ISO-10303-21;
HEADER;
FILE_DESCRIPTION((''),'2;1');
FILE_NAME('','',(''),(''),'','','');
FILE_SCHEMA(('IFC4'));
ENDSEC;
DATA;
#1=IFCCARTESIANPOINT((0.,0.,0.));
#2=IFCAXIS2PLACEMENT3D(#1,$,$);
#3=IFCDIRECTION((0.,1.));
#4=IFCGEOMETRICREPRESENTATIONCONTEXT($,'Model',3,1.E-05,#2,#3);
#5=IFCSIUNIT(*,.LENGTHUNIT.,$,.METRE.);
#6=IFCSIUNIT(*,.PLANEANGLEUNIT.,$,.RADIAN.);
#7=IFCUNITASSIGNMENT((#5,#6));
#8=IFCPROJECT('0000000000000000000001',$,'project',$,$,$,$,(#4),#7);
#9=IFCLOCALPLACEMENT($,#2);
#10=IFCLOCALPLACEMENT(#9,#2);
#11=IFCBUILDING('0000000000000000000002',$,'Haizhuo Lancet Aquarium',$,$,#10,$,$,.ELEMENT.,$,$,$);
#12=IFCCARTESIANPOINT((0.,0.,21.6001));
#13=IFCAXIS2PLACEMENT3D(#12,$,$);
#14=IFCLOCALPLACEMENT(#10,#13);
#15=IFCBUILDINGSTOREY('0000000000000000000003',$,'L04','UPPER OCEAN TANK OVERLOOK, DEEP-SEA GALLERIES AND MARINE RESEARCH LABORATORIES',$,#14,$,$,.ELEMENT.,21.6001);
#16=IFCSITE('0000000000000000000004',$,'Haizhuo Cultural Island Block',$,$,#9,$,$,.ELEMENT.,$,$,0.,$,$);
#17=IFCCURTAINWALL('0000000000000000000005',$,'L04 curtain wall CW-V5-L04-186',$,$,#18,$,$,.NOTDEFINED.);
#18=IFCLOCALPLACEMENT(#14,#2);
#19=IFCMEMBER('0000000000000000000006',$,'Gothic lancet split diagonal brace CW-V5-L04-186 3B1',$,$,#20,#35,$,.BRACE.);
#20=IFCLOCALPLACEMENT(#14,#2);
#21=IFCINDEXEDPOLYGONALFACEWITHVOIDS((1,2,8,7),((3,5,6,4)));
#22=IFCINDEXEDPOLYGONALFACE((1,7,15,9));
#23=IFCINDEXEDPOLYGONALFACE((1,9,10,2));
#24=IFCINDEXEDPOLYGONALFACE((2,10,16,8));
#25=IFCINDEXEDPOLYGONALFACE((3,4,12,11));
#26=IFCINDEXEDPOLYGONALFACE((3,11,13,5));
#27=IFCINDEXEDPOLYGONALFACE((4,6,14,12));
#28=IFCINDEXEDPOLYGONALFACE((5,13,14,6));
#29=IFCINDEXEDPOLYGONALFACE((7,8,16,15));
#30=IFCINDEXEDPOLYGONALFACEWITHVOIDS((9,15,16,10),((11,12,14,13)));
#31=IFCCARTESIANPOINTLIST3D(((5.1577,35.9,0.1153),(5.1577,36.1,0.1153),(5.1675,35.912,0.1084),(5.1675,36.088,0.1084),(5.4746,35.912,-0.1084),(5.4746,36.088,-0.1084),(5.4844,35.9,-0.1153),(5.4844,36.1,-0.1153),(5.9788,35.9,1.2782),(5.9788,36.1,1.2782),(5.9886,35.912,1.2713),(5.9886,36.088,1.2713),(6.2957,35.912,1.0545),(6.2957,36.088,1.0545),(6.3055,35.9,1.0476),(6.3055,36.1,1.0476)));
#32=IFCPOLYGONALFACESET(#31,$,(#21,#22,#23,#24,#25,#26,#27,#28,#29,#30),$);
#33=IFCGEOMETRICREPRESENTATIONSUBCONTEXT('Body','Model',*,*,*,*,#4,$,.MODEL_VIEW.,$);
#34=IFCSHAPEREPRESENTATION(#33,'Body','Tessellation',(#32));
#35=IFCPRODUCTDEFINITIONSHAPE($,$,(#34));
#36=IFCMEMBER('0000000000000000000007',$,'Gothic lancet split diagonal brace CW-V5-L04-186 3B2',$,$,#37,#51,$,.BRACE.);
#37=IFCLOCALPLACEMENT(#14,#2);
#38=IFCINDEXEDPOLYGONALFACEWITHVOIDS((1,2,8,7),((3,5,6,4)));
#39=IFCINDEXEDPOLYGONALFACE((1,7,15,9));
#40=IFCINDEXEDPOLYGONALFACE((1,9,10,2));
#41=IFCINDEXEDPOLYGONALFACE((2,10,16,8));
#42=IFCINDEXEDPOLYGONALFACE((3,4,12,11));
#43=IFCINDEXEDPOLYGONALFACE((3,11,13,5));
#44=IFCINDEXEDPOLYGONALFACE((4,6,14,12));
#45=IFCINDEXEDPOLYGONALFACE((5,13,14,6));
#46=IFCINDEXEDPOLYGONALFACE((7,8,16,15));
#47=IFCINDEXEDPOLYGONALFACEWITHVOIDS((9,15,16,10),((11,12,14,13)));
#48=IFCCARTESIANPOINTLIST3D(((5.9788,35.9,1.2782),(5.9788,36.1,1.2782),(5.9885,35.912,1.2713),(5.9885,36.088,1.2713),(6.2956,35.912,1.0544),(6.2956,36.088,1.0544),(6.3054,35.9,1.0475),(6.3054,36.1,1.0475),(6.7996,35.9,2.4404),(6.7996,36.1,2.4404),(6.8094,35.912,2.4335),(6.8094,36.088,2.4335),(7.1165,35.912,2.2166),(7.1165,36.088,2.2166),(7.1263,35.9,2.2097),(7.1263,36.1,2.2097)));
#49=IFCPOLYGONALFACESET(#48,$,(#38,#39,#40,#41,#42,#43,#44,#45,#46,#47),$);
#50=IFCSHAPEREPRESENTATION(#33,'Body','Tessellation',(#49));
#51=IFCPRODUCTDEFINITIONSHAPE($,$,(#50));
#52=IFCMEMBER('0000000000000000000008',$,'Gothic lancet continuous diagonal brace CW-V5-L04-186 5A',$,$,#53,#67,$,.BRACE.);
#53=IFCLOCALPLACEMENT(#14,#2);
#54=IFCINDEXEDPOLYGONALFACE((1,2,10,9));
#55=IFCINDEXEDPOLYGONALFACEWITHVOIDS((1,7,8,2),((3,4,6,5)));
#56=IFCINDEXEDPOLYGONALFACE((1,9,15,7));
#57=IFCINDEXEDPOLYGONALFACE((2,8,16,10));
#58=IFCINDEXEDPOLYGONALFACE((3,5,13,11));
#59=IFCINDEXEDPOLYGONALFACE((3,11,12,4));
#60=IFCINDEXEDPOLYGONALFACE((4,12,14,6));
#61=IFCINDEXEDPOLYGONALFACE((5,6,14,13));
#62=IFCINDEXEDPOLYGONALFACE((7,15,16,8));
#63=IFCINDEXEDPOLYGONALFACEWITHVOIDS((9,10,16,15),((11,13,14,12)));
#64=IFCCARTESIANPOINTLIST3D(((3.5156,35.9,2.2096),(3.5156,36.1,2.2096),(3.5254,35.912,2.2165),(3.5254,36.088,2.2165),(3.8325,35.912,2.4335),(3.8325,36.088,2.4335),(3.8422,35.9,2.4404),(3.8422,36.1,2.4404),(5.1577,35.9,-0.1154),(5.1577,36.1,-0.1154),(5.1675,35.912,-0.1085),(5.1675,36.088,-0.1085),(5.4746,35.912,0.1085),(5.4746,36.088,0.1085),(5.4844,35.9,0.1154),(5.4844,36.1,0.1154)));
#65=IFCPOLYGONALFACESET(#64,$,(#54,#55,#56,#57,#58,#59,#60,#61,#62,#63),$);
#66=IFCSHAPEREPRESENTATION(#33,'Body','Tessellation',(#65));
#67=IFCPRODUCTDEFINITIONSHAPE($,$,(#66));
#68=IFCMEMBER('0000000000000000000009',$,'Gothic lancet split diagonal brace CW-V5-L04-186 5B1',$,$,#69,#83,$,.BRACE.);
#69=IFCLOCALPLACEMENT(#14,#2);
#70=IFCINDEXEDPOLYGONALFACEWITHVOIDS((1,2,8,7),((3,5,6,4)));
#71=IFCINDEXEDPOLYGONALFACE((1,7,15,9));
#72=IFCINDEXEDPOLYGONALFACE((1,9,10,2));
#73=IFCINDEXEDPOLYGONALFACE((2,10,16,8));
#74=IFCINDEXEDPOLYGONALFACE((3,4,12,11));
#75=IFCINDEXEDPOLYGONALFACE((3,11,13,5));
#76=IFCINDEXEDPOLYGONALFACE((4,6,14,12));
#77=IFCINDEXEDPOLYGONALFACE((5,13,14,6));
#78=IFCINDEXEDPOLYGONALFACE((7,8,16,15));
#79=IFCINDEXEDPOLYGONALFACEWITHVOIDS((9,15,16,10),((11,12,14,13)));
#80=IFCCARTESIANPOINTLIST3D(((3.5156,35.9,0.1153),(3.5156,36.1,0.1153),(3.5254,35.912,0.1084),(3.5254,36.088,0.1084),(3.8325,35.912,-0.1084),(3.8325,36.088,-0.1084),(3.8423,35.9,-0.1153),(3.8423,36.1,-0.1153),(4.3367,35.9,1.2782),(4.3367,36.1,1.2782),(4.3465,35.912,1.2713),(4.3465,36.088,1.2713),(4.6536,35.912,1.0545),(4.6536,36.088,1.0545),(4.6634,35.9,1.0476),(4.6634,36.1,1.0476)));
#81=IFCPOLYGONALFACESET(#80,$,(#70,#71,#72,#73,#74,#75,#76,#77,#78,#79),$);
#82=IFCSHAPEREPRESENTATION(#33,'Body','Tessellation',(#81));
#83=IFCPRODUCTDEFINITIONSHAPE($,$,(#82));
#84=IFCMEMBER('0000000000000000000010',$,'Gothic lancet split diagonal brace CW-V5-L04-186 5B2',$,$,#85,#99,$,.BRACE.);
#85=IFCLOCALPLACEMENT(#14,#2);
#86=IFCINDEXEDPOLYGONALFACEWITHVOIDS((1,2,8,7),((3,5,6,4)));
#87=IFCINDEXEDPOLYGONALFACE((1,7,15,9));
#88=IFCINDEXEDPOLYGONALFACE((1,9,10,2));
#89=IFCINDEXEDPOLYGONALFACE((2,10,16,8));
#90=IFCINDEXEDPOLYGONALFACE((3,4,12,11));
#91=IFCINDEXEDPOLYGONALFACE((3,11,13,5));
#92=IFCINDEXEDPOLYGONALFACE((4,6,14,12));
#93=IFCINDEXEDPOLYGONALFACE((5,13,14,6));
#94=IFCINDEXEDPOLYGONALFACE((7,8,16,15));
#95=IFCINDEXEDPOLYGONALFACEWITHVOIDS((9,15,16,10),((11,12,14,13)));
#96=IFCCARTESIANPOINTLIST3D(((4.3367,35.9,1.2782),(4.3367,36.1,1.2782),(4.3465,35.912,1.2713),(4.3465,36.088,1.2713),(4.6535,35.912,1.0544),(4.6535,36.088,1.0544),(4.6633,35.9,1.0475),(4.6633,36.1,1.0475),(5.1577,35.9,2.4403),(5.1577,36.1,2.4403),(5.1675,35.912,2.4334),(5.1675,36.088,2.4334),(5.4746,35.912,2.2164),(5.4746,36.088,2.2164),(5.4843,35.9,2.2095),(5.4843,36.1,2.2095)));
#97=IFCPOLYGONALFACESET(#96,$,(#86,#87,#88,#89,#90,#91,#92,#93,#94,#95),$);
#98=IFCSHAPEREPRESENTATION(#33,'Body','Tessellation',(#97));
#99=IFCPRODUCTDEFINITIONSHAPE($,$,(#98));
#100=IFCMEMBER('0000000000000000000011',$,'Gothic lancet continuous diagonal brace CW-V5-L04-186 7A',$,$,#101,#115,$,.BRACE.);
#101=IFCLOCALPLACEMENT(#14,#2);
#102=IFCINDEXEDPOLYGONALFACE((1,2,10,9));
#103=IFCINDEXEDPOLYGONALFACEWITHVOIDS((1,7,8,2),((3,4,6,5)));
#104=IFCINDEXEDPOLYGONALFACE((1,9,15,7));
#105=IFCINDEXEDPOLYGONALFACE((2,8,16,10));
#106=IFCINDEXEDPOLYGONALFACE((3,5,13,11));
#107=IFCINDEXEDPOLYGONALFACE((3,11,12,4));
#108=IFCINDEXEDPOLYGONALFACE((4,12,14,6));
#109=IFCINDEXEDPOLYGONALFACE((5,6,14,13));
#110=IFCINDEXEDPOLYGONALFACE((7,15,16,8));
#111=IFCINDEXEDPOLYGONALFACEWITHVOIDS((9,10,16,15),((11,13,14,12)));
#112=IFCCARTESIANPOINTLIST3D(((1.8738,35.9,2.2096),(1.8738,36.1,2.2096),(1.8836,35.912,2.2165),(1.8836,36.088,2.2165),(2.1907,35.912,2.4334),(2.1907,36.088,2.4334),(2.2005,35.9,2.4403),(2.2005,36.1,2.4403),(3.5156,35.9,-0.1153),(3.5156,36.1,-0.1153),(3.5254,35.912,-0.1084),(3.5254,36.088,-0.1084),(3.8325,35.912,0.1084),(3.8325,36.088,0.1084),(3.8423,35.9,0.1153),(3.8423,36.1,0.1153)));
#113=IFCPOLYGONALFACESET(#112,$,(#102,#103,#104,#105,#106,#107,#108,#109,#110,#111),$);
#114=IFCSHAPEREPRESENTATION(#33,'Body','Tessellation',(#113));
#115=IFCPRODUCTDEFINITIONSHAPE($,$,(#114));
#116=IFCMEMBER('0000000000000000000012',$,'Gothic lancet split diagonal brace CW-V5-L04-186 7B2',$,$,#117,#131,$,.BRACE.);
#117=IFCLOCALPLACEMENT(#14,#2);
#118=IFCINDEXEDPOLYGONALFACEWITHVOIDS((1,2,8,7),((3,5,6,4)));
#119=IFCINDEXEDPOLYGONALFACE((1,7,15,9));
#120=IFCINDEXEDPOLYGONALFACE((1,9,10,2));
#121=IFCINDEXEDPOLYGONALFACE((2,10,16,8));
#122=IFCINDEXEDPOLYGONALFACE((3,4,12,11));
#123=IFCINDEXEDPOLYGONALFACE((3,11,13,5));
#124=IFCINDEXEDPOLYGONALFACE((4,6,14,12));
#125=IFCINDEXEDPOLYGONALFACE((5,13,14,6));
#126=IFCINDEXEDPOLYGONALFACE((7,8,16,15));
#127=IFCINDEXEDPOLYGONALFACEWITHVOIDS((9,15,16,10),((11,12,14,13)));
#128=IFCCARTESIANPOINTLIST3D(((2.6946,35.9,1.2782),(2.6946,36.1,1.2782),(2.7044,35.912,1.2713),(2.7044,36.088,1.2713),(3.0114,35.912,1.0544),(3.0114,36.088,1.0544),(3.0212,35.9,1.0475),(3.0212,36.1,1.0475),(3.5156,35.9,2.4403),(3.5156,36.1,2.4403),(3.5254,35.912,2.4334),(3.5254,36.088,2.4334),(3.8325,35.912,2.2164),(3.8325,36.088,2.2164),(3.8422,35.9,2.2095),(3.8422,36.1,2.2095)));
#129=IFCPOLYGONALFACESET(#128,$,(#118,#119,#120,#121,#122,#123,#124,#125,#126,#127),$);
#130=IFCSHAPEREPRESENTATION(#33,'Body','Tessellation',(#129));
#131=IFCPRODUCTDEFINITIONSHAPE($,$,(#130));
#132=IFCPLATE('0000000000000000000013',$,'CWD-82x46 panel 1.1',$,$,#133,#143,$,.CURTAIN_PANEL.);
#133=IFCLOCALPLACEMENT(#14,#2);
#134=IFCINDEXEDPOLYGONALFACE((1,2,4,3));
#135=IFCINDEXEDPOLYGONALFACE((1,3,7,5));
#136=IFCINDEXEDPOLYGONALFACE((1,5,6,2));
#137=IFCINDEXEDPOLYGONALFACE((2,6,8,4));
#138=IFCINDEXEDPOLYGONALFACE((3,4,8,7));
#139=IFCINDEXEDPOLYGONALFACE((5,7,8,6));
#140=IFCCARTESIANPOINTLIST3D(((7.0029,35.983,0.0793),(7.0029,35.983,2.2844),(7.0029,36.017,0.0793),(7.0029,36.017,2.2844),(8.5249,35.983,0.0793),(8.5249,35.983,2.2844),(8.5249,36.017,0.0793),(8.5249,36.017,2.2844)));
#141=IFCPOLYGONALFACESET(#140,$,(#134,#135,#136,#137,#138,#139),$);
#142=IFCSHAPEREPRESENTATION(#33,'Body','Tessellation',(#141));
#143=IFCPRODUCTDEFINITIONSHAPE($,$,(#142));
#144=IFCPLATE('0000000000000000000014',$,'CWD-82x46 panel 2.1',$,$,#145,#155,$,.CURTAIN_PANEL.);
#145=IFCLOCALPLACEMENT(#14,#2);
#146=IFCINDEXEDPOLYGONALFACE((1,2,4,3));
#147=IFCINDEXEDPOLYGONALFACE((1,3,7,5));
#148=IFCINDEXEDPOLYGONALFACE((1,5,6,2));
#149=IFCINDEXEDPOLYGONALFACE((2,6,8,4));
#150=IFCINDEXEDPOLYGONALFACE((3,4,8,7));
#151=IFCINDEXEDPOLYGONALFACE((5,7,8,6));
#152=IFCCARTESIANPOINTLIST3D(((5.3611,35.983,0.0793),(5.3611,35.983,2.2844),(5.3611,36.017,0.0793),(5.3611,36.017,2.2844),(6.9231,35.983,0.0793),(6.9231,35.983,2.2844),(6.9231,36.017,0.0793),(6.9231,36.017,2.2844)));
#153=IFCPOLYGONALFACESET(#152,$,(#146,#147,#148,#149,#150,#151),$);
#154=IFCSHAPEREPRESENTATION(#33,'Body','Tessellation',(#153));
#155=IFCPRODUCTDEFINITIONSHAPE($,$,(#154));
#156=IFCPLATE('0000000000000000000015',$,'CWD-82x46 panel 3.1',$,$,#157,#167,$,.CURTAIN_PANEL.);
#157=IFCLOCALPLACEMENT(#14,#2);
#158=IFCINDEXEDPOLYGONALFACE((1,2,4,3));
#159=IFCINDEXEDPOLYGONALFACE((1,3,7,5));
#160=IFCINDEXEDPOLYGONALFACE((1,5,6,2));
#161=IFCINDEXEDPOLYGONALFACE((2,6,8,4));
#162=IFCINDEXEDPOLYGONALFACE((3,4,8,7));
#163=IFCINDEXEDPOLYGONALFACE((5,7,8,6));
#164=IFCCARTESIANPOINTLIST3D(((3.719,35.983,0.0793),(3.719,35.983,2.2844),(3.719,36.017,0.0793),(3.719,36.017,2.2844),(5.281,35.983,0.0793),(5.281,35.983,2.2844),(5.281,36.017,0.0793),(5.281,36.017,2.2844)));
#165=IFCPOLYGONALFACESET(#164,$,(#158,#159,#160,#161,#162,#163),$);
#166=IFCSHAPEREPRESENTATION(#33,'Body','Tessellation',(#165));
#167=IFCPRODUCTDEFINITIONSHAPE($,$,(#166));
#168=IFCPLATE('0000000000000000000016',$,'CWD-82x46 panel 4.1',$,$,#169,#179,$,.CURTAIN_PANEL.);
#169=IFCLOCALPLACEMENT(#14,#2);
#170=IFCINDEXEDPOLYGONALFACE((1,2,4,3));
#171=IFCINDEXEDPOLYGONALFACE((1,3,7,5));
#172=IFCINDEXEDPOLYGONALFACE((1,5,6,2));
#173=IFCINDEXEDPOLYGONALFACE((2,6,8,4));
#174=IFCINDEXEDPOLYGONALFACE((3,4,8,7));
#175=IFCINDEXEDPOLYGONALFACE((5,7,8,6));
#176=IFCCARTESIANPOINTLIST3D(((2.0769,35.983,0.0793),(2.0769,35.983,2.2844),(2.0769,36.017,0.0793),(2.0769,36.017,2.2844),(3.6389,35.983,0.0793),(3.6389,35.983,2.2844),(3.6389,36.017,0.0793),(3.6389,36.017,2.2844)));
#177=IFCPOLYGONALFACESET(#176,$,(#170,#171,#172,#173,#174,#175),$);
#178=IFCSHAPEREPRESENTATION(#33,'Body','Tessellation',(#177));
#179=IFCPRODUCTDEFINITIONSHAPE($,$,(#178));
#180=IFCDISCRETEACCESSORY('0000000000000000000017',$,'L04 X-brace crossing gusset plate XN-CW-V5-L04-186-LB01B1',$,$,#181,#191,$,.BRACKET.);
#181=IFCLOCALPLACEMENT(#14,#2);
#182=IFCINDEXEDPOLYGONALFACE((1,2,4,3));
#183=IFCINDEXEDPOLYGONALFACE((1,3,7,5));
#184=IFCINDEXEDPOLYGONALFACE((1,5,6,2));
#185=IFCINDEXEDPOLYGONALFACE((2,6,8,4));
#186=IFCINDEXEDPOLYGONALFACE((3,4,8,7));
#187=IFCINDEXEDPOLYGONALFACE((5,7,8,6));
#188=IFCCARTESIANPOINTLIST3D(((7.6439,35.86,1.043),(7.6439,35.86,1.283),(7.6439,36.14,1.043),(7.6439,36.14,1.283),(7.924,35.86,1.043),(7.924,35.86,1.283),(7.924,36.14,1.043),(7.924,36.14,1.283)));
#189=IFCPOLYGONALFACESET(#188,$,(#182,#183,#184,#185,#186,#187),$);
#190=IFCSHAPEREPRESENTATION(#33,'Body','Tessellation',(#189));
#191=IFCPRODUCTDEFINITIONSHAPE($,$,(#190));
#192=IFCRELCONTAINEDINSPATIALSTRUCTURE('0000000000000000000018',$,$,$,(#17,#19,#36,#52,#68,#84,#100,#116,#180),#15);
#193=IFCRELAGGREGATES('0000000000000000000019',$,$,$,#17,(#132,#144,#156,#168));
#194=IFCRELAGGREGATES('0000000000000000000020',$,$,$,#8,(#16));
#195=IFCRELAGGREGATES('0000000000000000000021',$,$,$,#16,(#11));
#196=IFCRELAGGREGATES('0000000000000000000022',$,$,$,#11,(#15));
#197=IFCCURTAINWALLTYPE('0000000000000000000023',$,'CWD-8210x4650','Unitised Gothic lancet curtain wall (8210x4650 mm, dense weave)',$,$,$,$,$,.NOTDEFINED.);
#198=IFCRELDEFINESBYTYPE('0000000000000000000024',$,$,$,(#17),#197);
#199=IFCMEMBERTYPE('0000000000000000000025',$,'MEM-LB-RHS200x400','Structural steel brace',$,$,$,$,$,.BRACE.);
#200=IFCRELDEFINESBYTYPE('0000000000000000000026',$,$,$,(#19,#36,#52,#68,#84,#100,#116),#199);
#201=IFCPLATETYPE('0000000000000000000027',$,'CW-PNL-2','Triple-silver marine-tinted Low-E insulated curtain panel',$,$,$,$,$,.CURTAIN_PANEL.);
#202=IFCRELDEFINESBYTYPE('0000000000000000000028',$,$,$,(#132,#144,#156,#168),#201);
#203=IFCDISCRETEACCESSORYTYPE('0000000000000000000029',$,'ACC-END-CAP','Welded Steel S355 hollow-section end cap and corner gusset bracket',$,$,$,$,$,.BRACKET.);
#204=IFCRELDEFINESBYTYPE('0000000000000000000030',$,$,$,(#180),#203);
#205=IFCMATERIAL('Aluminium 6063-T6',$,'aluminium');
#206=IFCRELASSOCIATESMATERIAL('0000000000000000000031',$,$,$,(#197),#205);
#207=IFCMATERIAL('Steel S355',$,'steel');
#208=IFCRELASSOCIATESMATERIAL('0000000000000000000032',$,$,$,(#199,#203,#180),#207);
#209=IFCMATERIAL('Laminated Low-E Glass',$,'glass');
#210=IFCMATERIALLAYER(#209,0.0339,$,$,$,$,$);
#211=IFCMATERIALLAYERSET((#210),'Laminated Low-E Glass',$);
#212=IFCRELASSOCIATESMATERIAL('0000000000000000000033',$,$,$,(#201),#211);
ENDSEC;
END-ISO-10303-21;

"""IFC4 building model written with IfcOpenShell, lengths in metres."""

from ifc_helpers import new_model, si_unit, direction, frame, origin, origin_2d, place, context, subcontext, project, spatial, rectangle, hollow_rectangle, extrude, material, layer, layer_set, material_profile, profile_set, type_object, element, aggregate, save


model = new_model("IFC4")

# Units and contexts
model_context = context("Model", 3, precision=1e-05, world=origin(), true_north=direction((0.0, 1.0)))
body_context = subcontext(model_context, "Body", "Model", "MODEL_VIEW")
ifc_project = project(units=[si_unit("LENGTHUNIT", "METRE"), si_unit("PLANEANGLEUNIT", "RADIAN")], contexts=[model_context])

# Site, building, storey
site_placement = place(None, origin())
site = spatial("IfcSite", under=ifc_project, at=site_placement, Name="Haizhuo Cultural Island Block", CompositionType="ELEMENT", RefElevation=0.0)
building_placement = place(site_placement, origin())
building = spatial("IfcBuilding", under=site, at=building_placement, Name="Haizhuo Lancet Aquarium", CompositionType="ELEMENT")
storey_placement = place(building_placement, frame((0.0, 0.0, 21.6001)))
storey = spatial("IfcBuildingStorey", under=building, at=storey_placement, Name="L04", Description="UPPER OCEAN TANK OVERLOOK, DEEP-SEA GALLERIES AND MARINE RESEARCH LABORATORIES", CompositionType="ELEMENT", Elevation=21.6001)

# Curtain wall
ifc_material_1 = material(Name="Aluminium 6063-T6", Category="aluminium")
curtain_wall_type = type_object("IfcCurtainWallType", Name="CWD-8210x4650", Description="Unitised Gothic lancet curtain wall (8210x4650 mm, dense weave)", PredefinedType="NOTDEFINED", material=ifc_material_1)
curtain_wall_placement = place(storey_placement, origin())
curtain_wall = element("IfcCurtainWall", 1, at=curtain_wall_placement, inside=storey, type_object=curtain_wall_type, Name="L04 curtain wall CW-V5-L04-186", PredefinedType="NOTDEFINED")

# Members
ifc_material_2 = material(Name="Steel S355", Category="steel")
ifc_material_profile_1 = material_profile(ifc_material_2, hollow_rectangle(XDim=0.2, YDim=0.3999, WallThickness=0.012, at=origin_2d()), Name="RHS 200x400x12")
ifc_profile_set_1 = profile_set([ifc_material_profile_1], Name="Steel S355")
member_type_1 = type_object("IfcMemberType", Name="MEM-LB-RHS200x400", Description="Structural steel brace", PredefinedType="BRACE", material=ifc_profile_set_1)
member_1_placement = place(storey_placement, frame((5.321, 36.0, 0.0), z_axis=(0.576784, 0.0, 0.816897), x_axis=(0.0, 1.0, 0.0)))
element("IfcMember", 2, at=member_1_placement, inside=storey, type_object=member_type_1, Name="Gothic lancet split diagonal brace CW-V5-L04-186 3B1", PredefinedType="BRACE", context=body_context, shape_type="SweptSolid", body=[
    extrude(hollow_rectangle(XDim=0.2, YDim=0.3999, WallThickness=0.012, at=origin_2d()), origin(), (0.0, 0.0, 1.0), 1.4236),
])
member_2_placement = place(storey_placement, frame((6.1421, 36.0, 1.1628), z_axis=(0.576912, 0.0, 0.816806), x_axis=(0.0, 1.0, 0.0)))
element("IfcMember", 3, at=member_2_placement, inside=storey, type_object=member_type_1, Name="Gothic lancet split diagonal brace CW-V5-L04-186 3B2", PredefinedType="BRACE", context=body_context, shape_type="SweptSolid", body=[
    extrude(hollow_rectangle(XDim=0.2, YDim=0.3999, WallThickness=0.012, at=origin_2d()), origin(), (0.0, 0.0, 1.0), 1.4229),
])
member_3_placement = place(storey_placement, frame((5.321, 36.0, 0.0), z_axis=(-0.576905, 0.0, 0.816811), x_axis=(0.0, -1.0, 0.0)))
element("IfcMember", 4, at=member_3_placement, inside=storey, type_object=member_type_1, Name="Gothic lancet continuous diagonal brace CW-V5-L04-186 5A", PredefinedType="BRACE", context=body_context, shape_type="SweptSolid", body=[
    extrude(hollow_rectangle(XDim=0.2, YDim=0.3999, WallThickness=0.012, at=origin_2d()), origin(), (0.0, 0.0, 1.0), 2.8464),
])
member_4_placement = place(storey_placement, frame((3.679, 36.0, 0.0), z_axis=(0.576784, 0.0, 0.816897), x_axis=(0.0, 1.0, 0.0)))
element("IfcMember", 5, at=member_4_placement, inside=storey, type_object=member_type_1, Name="Gothic lancet split diagonal brace CW-V5-L04-186 5B1", PredefinedType="BRACE", context=body_context, shape_type="SweptSolid", body=[
    extrude(hollow_rectangle(XDim=0.2, YDim=0.3999, WallThickness=0.012, at=origin_2d()), origin(), (0.0, 0.0, 1.0), 1.4236),
])
member_5_placement = place(storey_placement, frame((4.5, 36.0, 1.1628), z_axis=(0.577027, 0.0, 0.816725), x_axis=(0.0, 1.0, 0.0)))
element("IfcMember", 6, at=member_5_placement, inside=storey, type_object=member_type_1, Name="Gothic lancet split diagonal brace CW-V5-L04-186 5B2", PredefinedType="BRACE", context=body_context, shape_type="SweptSolid", body=[
    extrude(hollow_rectangle(XDim=0.2, YDim=0.3999, WallThickness=0.012, at=origin_2d()), origin(), (0.0, 0.0, 1.0), 1.4229),
])
member_6_placement = place(storey_placement, frame((3.679, 36.0, 0.0), z_axis=(-0.576848, 0.0, 0.816851), x_axis=(0.0, -1.0, 0.0)))
element("IfcMember", 7, at=member_6_placement, inside=storey, type_object=member_type_1, Name="Gothic lancet continuous diagonal brace CW-V5-L04-186 7A", PredefinedType="BRACE", context=body_context, shape_type="SweptSolid", body=[
    extrude(hollow_rectangle(XDim=0.2, YDim=0.3999, WallThickness=0.012, at=origin_2d()), origin(), (0.0, 0.0, 1.0), 2.8462),
])
member_7_placement = place(storey_placement, frame((2.8579, 36.0, 1.1628), z_axis=(0.577027, 0.0, 0.816725), x_axis=(0.0, 1.0, 0.0)))
element("IfcMember", 8, at=member_7_placement, inside=storey, type_object=member_type_1, Name="Gothic lancet split diagonal brace CW-V5-L04-186 7B2", PredefinedType="BRACE", context=body_context, shape_type="SweptSolid", body=[
    extrude(hollow_rectangle(XDim=0.2, YDim=0.3999, WallThickness=0.012, at=origin_2d()), origin(), (0.0, 0.0, 1.0), 1.4229),
])

# Plates
ifc_material_3 = material(Name="Laminated Low-E Glass", Category="glass")
ifc_layer = layer(ifc_material_3, 0.0339)
ifc_layer_set = layer_set([ifc_layer], Name="Laminated Low-E Glass")
plate_type = type_object("IfcPlateType", Name="CW-PNL-2", Description="Triple-silver marine-tinted Low-E insulated curtain panel", PredefinedType="CURTAIN_PANEL", material=ifc_layer_set)
plate_1_placement = place(storey_placement, frame((7.7639, 36.0, 0.0793), z_axis=(0.0, 0.0, 1.0), x_axis=(-1.0, 0.0, 0.0)))
plate_1 = element("IfcPlate", 9, at=plate_1_placement, type_object=plate_type, Name="CWD-82x46 panel 1.1", PredefinedType="CURTAIN_PANEL", context=body_context, shape_type="SweptSolid", body=[
    extrude(rectangle(XDim=1.522, YDim=0.0339, at=origin_2d()), origin(), (0.0, 0.0, 1.0), 2.2051),
])
plate_2_placement = place(storey_placement, frame((6.1421, 36.0, 0.0793), z_axis=(0.0, 0.0, 1.0), x_axis=(-1.0, 0.0, 0.0)))
plate_2 = element("IfcPlate", 10, at=plate_2_placement, type_object=plate_type, Name="CWD-82x46 panel 2.1", PredefinedType="CURTAIN_PANEL", context=body_context, shape_type="SweptSolid", body=[
    extrude(rectangle(XDim=1.562, YDim=0.0339, at=origin_2d()), origin(), (0.0, 0.0, 1.0), 2.2051),
])
plate_3_placement = place(storey_placement, frame((4.5, 36.0, 0.0793), z_axis=(0.0, 0.0, 1.0), x_axis=(-1.0, 0.0, 0.0)))
plate_3 = element("IfcPlate", 11, at=plate_3_placement, type_object=plate_type, Name="CWD-82x46 panel 3.1", PredefinedType="CURTAIN_PANEL", context=body_context, shape_type="SweptSolid", body=[
    extrude(rectangle(XDim=1.562, YDim=0.0339, at=origin_2d()), origin(), (0.0, 0.0, 1.0), 2.2051),
])
plate_4_placement = place(storey_placement, frame((2.8579, 36.0, 0.0793), z_axis=(0.0, 0.0, 1.0), x_axis=(-1.0, 0.0, 0.0)))
plate_4 = element("IfcPlate", 12, at=plate_4_placement, type_object=plate_type, Name="CWD-82x46 panel 4.1", PredefinedType="CURTAIN_PANEL", context=body_context, shape_type="SweptSolid", body=[
    extrude(rectangle(XDim=1.562, YDim=0.0339, at=origin_2d()), origin(), (0.0, 0.0, 1.0), 2.2051),
])
aggregate(curtain_wall, [plate_1, plate_2, plate_3, plate_4])

# Discrete accessory
discrete_accessory_type = type_object("IfcDiscreteAccessoryType", Name="ACC-END-CAP", Description="Welded Steel S355 hollow-section end cap and corner gusset bracket", PredefinedType="BRACKET", material=ifc_material_2)
for number, where, z_axis, x_axis, name in (
    (13, (7.7839, 36.0, 1.043), (0.0, 0.0, 1.0), (1.0, 0.0, 0.0), "L04 X-brace crossing gusset plate XN-CW-V5-L04-186-LB01B1"),
):
    element("IfcDiscreteAccessory", number, at=place(storey_placement, frame(where, z_axis=z_axis, x_axis=x_axis)), inside=storey, type_object=discrete_accessory_type, material=ifc_material_2, Name=name, PredefinedType="BRACKET", context=body_context, shape_type="SweptSolid", body=[
        extrude(rectangle(XDim=0.28, YDim=0.28, at=origin_2d()), origin(), (0.0, 0.0, 1.0), 0.24),
    ])

save(model, "model.ifc")
